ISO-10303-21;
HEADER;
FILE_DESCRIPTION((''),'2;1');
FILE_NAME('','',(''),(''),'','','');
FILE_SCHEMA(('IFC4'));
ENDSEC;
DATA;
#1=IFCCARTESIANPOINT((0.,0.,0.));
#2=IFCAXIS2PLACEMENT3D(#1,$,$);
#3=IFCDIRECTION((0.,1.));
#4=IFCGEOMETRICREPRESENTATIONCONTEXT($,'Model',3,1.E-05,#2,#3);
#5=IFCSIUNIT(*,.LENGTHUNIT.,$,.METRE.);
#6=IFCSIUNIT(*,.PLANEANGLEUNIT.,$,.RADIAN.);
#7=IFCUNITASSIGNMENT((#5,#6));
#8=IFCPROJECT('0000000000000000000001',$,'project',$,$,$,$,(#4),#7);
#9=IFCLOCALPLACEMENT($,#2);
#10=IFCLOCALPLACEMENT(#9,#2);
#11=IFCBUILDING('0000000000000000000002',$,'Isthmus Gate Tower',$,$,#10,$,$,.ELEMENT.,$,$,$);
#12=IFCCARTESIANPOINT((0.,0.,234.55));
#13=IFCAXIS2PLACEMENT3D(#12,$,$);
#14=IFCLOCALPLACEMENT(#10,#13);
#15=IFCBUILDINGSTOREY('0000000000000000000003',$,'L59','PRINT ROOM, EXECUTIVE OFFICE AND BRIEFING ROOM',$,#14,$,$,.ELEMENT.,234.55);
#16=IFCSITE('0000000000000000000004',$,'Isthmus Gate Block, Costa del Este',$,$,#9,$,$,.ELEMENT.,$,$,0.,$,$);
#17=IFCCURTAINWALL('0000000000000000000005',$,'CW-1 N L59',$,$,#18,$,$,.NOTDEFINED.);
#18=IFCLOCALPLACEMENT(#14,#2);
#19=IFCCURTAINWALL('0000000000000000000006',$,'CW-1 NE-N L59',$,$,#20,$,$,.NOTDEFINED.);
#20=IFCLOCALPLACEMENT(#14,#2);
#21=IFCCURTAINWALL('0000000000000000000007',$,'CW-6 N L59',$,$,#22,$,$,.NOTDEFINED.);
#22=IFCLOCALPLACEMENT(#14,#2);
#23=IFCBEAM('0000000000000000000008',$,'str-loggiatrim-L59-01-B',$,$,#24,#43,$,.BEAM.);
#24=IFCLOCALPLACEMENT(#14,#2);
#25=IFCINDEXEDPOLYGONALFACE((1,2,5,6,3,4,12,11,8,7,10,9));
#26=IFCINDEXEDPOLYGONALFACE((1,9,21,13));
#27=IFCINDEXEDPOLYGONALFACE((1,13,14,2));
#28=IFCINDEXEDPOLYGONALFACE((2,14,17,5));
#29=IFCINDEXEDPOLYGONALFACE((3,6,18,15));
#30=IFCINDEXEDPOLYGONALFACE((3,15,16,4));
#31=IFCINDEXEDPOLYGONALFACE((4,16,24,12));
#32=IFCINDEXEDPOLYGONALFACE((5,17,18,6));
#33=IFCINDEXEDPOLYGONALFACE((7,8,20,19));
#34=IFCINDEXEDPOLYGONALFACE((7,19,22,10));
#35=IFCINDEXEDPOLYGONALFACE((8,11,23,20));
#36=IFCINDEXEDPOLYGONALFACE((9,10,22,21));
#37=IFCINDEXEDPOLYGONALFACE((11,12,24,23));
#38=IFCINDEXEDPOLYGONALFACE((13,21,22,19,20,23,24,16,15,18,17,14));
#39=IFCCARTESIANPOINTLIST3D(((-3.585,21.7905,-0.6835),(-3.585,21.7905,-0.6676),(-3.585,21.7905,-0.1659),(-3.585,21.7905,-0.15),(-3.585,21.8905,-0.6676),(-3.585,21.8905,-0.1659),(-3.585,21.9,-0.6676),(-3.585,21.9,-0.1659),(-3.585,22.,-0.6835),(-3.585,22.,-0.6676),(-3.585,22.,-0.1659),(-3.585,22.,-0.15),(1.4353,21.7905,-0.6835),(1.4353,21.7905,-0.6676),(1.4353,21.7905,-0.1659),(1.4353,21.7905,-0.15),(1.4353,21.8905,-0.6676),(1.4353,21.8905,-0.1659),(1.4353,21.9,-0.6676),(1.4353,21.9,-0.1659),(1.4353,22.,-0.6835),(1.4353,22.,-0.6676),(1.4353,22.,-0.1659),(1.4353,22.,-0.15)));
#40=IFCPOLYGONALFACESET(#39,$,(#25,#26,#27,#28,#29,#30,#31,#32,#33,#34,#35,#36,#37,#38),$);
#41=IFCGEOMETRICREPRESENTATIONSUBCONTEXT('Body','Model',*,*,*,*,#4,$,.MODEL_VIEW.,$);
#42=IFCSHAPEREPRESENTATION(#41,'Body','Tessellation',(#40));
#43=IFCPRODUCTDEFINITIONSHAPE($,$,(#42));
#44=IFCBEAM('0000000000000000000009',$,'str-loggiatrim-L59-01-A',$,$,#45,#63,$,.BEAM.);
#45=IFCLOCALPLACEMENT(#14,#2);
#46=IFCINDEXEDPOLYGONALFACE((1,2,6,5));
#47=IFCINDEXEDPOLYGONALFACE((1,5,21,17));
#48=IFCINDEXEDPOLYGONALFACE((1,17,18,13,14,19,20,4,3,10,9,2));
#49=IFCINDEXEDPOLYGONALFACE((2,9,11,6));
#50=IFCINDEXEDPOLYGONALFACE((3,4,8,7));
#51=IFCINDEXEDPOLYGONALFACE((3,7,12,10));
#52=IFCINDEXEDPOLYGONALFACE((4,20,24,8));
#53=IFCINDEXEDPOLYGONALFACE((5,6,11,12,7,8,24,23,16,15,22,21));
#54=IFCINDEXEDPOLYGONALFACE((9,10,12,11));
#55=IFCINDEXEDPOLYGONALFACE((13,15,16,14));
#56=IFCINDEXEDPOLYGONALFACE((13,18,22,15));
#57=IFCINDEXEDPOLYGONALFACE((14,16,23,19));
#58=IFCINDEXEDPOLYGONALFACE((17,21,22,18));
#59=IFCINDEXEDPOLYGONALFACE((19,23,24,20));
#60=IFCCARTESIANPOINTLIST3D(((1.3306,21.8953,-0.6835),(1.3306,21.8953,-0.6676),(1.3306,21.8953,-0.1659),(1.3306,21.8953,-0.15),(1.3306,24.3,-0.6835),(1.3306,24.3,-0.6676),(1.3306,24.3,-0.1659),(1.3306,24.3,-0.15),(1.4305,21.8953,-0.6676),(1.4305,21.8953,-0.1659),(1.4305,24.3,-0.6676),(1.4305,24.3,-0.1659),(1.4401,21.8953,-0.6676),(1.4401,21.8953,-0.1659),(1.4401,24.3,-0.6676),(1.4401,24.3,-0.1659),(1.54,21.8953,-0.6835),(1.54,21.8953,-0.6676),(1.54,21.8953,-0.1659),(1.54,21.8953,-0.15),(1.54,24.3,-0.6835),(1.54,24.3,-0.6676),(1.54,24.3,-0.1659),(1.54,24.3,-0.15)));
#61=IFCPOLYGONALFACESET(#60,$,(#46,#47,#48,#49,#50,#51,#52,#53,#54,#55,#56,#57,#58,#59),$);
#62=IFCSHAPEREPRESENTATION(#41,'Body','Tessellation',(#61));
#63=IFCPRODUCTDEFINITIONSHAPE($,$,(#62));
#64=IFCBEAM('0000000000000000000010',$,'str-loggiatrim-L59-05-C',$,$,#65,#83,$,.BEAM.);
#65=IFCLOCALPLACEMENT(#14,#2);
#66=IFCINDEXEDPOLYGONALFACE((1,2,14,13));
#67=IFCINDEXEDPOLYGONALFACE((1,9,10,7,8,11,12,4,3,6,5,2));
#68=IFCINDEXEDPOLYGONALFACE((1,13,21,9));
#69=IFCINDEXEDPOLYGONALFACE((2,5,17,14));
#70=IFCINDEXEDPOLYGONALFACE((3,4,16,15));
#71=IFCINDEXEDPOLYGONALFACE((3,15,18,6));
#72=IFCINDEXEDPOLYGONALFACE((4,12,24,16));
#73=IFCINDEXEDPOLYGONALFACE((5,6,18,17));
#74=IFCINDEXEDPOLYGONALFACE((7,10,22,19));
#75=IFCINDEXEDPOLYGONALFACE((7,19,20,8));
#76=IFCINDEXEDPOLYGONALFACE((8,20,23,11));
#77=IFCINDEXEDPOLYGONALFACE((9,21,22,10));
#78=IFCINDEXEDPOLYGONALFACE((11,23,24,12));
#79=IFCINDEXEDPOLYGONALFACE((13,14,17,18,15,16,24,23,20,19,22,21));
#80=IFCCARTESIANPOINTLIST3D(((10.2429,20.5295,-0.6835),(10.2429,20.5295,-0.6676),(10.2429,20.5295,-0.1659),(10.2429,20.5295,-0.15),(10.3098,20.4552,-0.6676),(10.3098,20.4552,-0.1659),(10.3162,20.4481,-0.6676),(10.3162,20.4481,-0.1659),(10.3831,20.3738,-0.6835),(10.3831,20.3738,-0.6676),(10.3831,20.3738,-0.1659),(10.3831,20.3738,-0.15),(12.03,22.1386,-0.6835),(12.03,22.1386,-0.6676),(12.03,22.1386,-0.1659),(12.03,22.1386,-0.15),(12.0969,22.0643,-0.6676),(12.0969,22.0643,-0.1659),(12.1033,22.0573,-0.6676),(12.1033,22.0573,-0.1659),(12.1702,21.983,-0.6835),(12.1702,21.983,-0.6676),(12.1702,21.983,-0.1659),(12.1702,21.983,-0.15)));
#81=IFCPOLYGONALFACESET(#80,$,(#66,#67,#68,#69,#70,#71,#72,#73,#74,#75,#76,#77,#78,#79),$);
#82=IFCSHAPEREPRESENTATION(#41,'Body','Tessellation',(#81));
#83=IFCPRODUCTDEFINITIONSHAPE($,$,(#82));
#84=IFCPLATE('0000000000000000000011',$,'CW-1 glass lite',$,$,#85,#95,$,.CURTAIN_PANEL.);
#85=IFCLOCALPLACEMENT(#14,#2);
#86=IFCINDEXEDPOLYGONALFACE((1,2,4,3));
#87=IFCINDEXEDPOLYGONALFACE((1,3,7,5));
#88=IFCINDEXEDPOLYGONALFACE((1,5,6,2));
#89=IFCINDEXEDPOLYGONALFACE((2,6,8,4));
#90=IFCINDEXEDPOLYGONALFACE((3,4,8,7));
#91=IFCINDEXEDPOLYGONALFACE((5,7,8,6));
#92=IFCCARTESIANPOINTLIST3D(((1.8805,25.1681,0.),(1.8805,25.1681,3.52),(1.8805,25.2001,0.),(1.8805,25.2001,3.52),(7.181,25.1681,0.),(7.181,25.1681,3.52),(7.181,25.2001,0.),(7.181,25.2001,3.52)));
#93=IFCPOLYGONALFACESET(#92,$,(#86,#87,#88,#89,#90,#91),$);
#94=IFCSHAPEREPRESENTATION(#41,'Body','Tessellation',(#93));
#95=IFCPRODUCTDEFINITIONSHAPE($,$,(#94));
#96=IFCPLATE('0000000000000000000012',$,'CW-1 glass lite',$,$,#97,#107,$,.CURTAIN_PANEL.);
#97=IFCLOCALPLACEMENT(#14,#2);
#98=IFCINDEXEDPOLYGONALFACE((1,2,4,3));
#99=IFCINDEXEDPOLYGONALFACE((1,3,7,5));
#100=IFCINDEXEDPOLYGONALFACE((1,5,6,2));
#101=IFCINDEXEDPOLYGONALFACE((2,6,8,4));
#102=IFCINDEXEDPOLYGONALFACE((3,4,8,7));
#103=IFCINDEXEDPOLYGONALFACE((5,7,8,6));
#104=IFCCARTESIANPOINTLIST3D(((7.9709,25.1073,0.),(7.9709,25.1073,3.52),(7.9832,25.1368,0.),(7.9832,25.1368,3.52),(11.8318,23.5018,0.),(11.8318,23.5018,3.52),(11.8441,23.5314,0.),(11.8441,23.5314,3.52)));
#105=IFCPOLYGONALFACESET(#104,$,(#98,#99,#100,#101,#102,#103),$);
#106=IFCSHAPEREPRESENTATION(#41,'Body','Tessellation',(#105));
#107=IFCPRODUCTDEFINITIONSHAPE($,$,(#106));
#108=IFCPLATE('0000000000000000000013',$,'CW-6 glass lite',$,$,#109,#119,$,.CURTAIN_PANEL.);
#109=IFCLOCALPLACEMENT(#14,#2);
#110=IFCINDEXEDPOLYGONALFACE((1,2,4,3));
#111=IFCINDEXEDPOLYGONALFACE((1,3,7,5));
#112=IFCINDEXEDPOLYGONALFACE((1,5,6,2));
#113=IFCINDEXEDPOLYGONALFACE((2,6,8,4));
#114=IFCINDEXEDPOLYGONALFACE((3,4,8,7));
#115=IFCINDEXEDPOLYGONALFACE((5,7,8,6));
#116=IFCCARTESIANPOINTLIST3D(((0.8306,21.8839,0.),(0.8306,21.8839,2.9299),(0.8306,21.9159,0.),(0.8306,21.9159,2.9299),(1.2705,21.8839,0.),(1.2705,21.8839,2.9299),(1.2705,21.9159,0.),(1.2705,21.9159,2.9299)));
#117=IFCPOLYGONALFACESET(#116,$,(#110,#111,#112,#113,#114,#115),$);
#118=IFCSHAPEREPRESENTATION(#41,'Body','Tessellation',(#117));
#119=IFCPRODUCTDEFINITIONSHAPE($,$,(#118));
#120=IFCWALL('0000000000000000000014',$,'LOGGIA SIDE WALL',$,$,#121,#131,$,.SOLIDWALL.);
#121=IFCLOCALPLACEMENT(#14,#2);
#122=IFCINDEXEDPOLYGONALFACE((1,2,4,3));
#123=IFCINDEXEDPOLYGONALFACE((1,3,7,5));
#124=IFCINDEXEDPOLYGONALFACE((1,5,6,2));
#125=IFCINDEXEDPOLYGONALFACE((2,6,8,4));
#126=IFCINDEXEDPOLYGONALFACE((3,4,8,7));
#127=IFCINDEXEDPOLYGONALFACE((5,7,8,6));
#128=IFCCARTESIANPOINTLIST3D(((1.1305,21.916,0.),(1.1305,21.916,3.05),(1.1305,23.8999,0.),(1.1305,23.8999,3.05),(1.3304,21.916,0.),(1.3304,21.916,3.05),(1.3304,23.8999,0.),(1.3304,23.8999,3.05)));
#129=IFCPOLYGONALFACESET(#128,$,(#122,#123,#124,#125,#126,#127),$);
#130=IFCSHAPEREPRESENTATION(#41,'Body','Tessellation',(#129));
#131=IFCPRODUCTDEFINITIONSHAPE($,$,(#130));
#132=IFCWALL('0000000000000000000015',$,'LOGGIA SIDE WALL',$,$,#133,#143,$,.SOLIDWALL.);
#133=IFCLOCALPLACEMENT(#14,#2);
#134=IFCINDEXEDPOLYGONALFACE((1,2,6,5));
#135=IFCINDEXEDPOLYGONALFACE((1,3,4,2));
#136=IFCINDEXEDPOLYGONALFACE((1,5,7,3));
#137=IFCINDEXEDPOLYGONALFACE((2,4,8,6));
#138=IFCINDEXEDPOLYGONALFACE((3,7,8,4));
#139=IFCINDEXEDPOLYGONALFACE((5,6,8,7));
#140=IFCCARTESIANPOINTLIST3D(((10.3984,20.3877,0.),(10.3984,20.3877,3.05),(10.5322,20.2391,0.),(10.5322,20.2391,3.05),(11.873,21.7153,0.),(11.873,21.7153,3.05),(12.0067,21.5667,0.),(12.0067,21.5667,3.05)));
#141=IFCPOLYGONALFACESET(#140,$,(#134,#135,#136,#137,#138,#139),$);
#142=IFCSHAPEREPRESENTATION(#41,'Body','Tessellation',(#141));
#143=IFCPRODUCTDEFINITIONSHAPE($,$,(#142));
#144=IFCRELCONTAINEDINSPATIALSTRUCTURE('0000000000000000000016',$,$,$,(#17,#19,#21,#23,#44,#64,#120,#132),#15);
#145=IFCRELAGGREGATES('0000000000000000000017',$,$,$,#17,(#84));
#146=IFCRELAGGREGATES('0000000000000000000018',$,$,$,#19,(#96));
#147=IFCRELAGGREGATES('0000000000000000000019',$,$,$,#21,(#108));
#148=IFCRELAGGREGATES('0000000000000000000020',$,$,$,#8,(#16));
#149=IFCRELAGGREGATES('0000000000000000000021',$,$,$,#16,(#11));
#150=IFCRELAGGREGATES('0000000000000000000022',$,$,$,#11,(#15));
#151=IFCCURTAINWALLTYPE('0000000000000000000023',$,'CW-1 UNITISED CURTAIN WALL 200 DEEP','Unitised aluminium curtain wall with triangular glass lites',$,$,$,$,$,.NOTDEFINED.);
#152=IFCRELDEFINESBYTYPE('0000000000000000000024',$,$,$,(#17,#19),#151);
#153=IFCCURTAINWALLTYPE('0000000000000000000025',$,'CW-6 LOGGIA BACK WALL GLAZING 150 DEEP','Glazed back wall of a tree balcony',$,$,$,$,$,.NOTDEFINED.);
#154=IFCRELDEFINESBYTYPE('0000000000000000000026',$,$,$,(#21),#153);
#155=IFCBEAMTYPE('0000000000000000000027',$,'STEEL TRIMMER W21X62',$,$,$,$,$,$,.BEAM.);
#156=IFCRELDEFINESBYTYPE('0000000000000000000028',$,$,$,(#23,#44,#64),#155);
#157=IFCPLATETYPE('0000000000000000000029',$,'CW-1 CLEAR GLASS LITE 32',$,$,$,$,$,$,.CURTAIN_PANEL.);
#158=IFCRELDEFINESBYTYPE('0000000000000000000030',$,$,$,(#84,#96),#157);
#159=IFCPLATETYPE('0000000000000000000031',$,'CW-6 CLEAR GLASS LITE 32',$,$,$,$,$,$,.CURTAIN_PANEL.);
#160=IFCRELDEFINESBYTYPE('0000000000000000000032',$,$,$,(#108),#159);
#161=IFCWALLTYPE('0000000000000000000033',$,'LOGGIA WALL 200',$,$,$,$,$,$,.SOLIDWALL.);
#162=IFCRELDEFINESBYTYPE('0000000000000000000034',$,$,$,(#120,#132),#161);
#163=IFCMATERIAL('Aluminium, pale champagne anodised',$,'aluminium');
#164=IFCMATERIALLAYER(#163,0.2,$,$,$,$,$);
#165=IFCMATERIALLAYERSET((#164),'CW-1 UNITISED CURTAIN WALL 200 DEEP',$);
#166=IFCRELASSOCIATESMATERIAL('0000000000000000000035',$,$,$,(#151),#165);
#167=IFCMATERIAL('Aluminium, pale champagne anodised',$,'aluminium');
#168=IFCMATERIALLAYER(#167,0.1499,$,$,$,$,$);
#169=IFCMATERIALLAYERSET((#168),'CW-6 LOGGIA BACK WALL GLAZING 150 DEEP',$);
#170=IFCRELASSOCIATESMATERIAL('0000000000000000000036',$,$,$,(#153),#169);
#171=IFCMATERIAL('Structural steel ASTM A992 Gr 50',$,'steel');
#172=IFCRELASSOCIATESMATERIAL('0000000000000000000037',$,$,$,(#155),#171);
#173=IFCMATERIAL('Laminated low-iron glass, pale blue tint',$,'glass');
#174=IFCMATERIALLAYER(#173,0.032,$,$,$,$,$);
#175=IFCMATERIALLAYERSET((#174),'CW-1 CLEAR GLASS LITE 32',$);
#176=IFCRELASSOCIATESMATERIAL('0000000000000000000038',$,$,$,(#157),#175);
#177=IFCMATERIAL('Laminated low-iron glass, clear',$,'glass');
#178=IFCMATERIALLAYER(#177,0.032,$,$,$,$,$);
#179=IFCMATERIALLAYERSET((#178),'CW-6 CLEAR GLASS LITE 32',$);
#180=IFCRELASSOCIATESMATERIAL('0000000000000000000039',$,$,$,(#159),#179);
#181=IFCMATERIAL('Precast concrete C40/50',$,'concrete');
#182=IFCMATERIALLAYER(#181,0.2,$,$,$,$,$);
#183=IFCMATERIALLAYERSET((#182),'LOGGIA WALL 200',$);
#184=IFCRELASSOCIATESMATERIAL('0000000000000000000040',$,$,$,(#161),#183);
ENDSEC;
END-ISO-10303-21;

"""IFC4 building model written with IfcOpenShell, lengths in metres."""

from ifc_helpers import new_model, si_unit, direction, frame, frame_2d, origin, origin_2d, place, context, subcontext, project, spatial, rectangle, i_section, extrude, material, layer, layer_set, material_profile, profile_set, type_object, element, aggregate, save


model = new_model("IFC4")

# Units and contexts
model_context = context("Model", 3, precision=1e-05, world=origin(), true_north=direction((0.0, 1.0)))
body_context = subcontext(model_context, "Body", "Model", "MODEL_VIEW")
ifc_project = project(units=[si_unit("LENGTHUNIT", "METRE"), si_unit("PLANEANGLEUNIT", "RADIAN")], contexts=[model_context])

# Site, building, storey
site_placement = place(None, origin())
site = spatial("IfcSite", under=ifc_project, at=site_placement, Name="Isthmus Gate Block, Costa del Este", CompositionType="ELEMENT", RefElevation=0.0)
building_placement = place(site_placement, origin())
building = spatial("IfcBuilding", under=site, at=building_placement, Name="Isthmus Gate Tower", CompositionType="ELEMENT")
storey_placement = place(building_placement, frame((0.0, 0.0, 234.55)))
storey = spatial("IfcBuildingStorey", under=building, at=storey_placement, Name="L59", Description="PRINT ROOM, EXECUTIVE OFFICE AND BRIEFING ROOM", CompositionType="ELEMENT", Elevation=234.55)

# Curtain walls
ifc_material_1 = material(Name="Aluminium, pale champagne anodised", Category="aluminium")
ifc_layer_1 = layer(ifc_material_1, 0.2)
ifc_layer_set_1 = layer_set([ifc_layer_1], Name="CW-1 UNITISED CURTAIN WALL 200 DEEP")
curtain_wall_type_1 = type_object("IfcCurtainWallType", Name="CW-1 UNITISED CURTAIN WALL 200 DEEP", Description="Unitised aluminium curtain wall with triangular glass lites", PredefinedType="NOTDEFINED", material=ifc_layer_set_1)
curtain_wall_1_placement = place(storey_placement, origin())
curtain_wall_1 = element("IfcCurtainWall", 1, at=curtain_wall_1_placement, inside=storey, type_object=curtain_wall_type_1, Name="CW-1 N L59", PredefinedType="NOTDEFINED")
curtain_wall_2_placement = place(storey_placement, origin())
curtain_wall_2 = element("IfcCurtainWall", 2, at=curtain_wall_2_placement, inside=storey, type_object=curtain_wall_type_1, Name="CW-1 NE-N L59", PredefinedType="NOTDEFINED")

# Curtain wall
ifc_material_2 = material(Name="Aluminium, pale champagne anodised", Category="aluminium")
ifc_layer_2 = layer(ifc_material_2, 0.1499)
ifc_layer_set_2 = layer_set([ifc_layer_2], Name="CW-6 LOGGIA BACK WALL GLAZING 150 DEEP")
curtain_wall_type_2 = type_object("IfcCurtainWallType", Name="CW-6 LOGGIA BACK WALL GLAZING 150 DEEP", Description="Glazed back wall of a tree balcony", PredefinedType="NOTDEFINED", material=ifc_layer_set_2)
curtain_wall_3_placement = place(storey_placement, origin())
curtain_wall_3 = element("IfcCurtainWall", 3, at=curtain_wall_3_placement, inside=storey, type_object=curtain_wall_type_2, Name="CW-6 N L59", PredefinedType="NOTDEFINED")

# Beams
ifc_material_3 = material(Name="Structural steel ASTM A992 Gr 50", Category="steel")
ifc_material_profile_1 = material_profile(ifc_material_3, i_section(OverallWidth=0.2095, OverallDepth=0.5334, WebThickness=0.0095, FlangeThickness=0.0159, at=origin_2d()), Name="W21X62")
ifc_profile_set_1 = profile_set([ifc_material_profile_1], Name="Structural steel ASTM A992 Gr 50")
beam_type_1 = type_object("IfcBeamType", Name="STEEL TRIMMER W21X62", PredefinedType="BEAM", material=ifc_profile_set_1)
beam_1_placement = place(storey_placement, frame((1.4353, 21.8953, -0.4167), z_axis=(-1.0, 0.0, 0.0), x_axis=(0.0, -1.0, 0.0)))
element("IfcBeam", 4, at=beam_1_placement, inside=storey, type_object=beam_type_1, Name="str-loggiatrim-L59-01-B", PredefinedType="BEAM", context=body_context, shape_type="SweptSolid", body=[
    extrude(i_section(OverallWidth=0.2095, OverallDepth=0.5334, WebThickness=0.0095, FlangeThickness=0.0159, at=origin_2d()), origin(), (0.0, 0.0, 1.0), 5.0203),
])
for number, where, z_axis, x_axis, name in (
    (5, (1.4353, 24.3, -0.4167), (0.0, -1.0, 0.0), (1.0, 0.0, 0.0), "str-loggiatrim-L59-01-A"),
    (6, (12.1001, 22.0608, -0.4167), (-0.743143, -0.669133, 0.0), (0.669133, -0.743143, 0.0), "str-loggiatrim-L59-05-C"),
):
    element("IfcBeam", number, at=place(storey_placement, frame(where, z_axis=z_axis, x_axis=x_axis)), inside=storey, type_object=beam_type_1, Name=name, PredefinedType="BEAM", context=body_context, shape_type="SweptSolid", body=[
        extrude(i_section(OverallWidth=0.2095, OverallDepth=0.5334, WebThickness=0.0095, FlangeThickness=0.0159, at=origin_2d()), origin(), (0.0, 0.0, 1.0), 2.4048),
    ])

# Plates
ifc_material_4 = material(Name="Laminated low-iron glass, pale blue tint", Category="glass")
ifc_layer_3 = layer(ifc_material_4, 0.032)
ifc_layer_set_3 = layer_set([ifc_layer_3], Name="CW-1 CLEAR GLASS LITE 32")
plate_type_1 = type_object("IfcPlateType", Name="CW-1 CLEAR GLASS LITE 32", PredefinedType="CURTAIN_PANEL", material=ifc_layer_set_3)
plate_1_placement = place(storey_placement, frame((4.5308, 25.1841, 0.0), z_axis=(0.0, 0.0, 1.0), x_axis=(-1.0, 0.0, 0.0)))
plate_1 = element("IfcPlate", 7, at=plate_1_placement, type_object=plate_type_1, Name="CW-1 glass lite", PredefinedType="CURTAIN_PANEL", context=body_context, shape_type="SweptSolid", body=[
    extrude(rectangle(XDim=5.3005, YDim=0.032, at=origin_2d()), origin(), (0.0, 0.0, 1.0), 3.52),
])
aggregate(curtain_wall_1, [plate_1])
plate_2_placement = place(storey_placement, frame((9.9075, 24.3193, 0.0), z_axis=(0.0, 0.0, 1.0), x_axis=(-0.923353, 0.383952, 0.0)))
plate_2 = element("IfcPlate", 8, at=plate_2_placement, type_object=plate_type_1, Name="CW-1 glass lite", PredefinedType="CURTAIN_PANEL", context=body_context, shape_type="SweptSolid", body=[
    extrude(rectangle(XDim=4.1814, YDim=0.032, at=origin_2d()), origin(), (0.0, 0.0, 1.0), 3.52),
])
aggregate(curtain_wall_2, [plate_2])
ifc_material_5 = material(Name="Laminated low-iron glass, clear", Category="glass")
ifc_layer_4 = layer(ifc_material_5, 0.032)
ifc_layer_set_4 = layer_set([ifc_layer_4], Name="CW-6 CLEAR GLASS LITE 32")
plate_type_2 = type_object("IfcPlateType", Name="CW-6 CLEAR GLASS LITE 32", PredefinedType="CURTAIN_PANEL", material=ifc_layer_set_4)
plate_3_placement = place(storey_placement, frame((1.0505, 21.8999, 0.0), z_axis=(0.0, 0.0, 1.0), x_axis=(-1.0, 0.0, 0.0)))
plate_3 = element("IfcPlate", 9, at=plate_3_placement, type_object=plate_type_2, Name="CW-6 glass lite", PredefinedType="CURTAIN_PANEL", context=body_context, shape_type="SweptSolid", body=[
    extrude(rectangle(XDim=0.4399, YDim=0.032, at=origin_2d()), origin(), (0.0, 0.0, 1.0), 2.9299),
])
aggregate(curtain_wall_3, [plate_3])

# Shared definitions
ifc_material_6 = material(Name="Precast concrete C40/50", Category="concrete")
ifc_layer_5 = layer(ifc_material_6, 0.2)
ifc_layer_set_5 = layer_set([ifc_layer_5], Name="LOGGIA WALL 200")
wall_type = type_object("IfcWallType", Name="LOGGIA WALL 200", PredefinedType="SOLIDWALL", material=ifc_layer_set_5)

# Walls
wall_1_placement = place(storey_placement, frame((1.2305, 23.8999, 0.0), z_axis=(0.0, 0.0, 1.0), x_axis=(0.0, -1.0, 0.0)))
element("IfcWall", 10, at=wall_1_placement, inside=storey, type_object=wall_type, Name="LOGGIA SIDE WALL", PredefinedType="SOLIDWALL", context=body_context, shape_type="SweptSolid", body=[
    extrude(rectangle(XDim=1.9839, YDim=0.2, at=frame_2d((0.9919, 0.0))), origin(), (0.0, 0.0, 1.0), 3.05),
])
wall_2_placement = place(storey_placement, frame((11.9399, 21.6411, 0.0), z_axis=(0.0, 0.0, 1.0), x_axis=(-0.743172, -0.669101, 0.0)))
element("IfcWall", 11, at=wall_2_placement, inside=storey, type_object=wall_type, Name="LOGGIA SIDE WALL", PredefinedType="SOLIDWALL", context=body_context, shape_type="SweptSolid", body=[
    extrude(rectangle(XDim=1.9841, YDim=0.2, at=frame_2d((0.9922, 0.0))), origin(), (0.0, 0.0, 1.0), 3.05),
])

save(model, "model.ifc")
